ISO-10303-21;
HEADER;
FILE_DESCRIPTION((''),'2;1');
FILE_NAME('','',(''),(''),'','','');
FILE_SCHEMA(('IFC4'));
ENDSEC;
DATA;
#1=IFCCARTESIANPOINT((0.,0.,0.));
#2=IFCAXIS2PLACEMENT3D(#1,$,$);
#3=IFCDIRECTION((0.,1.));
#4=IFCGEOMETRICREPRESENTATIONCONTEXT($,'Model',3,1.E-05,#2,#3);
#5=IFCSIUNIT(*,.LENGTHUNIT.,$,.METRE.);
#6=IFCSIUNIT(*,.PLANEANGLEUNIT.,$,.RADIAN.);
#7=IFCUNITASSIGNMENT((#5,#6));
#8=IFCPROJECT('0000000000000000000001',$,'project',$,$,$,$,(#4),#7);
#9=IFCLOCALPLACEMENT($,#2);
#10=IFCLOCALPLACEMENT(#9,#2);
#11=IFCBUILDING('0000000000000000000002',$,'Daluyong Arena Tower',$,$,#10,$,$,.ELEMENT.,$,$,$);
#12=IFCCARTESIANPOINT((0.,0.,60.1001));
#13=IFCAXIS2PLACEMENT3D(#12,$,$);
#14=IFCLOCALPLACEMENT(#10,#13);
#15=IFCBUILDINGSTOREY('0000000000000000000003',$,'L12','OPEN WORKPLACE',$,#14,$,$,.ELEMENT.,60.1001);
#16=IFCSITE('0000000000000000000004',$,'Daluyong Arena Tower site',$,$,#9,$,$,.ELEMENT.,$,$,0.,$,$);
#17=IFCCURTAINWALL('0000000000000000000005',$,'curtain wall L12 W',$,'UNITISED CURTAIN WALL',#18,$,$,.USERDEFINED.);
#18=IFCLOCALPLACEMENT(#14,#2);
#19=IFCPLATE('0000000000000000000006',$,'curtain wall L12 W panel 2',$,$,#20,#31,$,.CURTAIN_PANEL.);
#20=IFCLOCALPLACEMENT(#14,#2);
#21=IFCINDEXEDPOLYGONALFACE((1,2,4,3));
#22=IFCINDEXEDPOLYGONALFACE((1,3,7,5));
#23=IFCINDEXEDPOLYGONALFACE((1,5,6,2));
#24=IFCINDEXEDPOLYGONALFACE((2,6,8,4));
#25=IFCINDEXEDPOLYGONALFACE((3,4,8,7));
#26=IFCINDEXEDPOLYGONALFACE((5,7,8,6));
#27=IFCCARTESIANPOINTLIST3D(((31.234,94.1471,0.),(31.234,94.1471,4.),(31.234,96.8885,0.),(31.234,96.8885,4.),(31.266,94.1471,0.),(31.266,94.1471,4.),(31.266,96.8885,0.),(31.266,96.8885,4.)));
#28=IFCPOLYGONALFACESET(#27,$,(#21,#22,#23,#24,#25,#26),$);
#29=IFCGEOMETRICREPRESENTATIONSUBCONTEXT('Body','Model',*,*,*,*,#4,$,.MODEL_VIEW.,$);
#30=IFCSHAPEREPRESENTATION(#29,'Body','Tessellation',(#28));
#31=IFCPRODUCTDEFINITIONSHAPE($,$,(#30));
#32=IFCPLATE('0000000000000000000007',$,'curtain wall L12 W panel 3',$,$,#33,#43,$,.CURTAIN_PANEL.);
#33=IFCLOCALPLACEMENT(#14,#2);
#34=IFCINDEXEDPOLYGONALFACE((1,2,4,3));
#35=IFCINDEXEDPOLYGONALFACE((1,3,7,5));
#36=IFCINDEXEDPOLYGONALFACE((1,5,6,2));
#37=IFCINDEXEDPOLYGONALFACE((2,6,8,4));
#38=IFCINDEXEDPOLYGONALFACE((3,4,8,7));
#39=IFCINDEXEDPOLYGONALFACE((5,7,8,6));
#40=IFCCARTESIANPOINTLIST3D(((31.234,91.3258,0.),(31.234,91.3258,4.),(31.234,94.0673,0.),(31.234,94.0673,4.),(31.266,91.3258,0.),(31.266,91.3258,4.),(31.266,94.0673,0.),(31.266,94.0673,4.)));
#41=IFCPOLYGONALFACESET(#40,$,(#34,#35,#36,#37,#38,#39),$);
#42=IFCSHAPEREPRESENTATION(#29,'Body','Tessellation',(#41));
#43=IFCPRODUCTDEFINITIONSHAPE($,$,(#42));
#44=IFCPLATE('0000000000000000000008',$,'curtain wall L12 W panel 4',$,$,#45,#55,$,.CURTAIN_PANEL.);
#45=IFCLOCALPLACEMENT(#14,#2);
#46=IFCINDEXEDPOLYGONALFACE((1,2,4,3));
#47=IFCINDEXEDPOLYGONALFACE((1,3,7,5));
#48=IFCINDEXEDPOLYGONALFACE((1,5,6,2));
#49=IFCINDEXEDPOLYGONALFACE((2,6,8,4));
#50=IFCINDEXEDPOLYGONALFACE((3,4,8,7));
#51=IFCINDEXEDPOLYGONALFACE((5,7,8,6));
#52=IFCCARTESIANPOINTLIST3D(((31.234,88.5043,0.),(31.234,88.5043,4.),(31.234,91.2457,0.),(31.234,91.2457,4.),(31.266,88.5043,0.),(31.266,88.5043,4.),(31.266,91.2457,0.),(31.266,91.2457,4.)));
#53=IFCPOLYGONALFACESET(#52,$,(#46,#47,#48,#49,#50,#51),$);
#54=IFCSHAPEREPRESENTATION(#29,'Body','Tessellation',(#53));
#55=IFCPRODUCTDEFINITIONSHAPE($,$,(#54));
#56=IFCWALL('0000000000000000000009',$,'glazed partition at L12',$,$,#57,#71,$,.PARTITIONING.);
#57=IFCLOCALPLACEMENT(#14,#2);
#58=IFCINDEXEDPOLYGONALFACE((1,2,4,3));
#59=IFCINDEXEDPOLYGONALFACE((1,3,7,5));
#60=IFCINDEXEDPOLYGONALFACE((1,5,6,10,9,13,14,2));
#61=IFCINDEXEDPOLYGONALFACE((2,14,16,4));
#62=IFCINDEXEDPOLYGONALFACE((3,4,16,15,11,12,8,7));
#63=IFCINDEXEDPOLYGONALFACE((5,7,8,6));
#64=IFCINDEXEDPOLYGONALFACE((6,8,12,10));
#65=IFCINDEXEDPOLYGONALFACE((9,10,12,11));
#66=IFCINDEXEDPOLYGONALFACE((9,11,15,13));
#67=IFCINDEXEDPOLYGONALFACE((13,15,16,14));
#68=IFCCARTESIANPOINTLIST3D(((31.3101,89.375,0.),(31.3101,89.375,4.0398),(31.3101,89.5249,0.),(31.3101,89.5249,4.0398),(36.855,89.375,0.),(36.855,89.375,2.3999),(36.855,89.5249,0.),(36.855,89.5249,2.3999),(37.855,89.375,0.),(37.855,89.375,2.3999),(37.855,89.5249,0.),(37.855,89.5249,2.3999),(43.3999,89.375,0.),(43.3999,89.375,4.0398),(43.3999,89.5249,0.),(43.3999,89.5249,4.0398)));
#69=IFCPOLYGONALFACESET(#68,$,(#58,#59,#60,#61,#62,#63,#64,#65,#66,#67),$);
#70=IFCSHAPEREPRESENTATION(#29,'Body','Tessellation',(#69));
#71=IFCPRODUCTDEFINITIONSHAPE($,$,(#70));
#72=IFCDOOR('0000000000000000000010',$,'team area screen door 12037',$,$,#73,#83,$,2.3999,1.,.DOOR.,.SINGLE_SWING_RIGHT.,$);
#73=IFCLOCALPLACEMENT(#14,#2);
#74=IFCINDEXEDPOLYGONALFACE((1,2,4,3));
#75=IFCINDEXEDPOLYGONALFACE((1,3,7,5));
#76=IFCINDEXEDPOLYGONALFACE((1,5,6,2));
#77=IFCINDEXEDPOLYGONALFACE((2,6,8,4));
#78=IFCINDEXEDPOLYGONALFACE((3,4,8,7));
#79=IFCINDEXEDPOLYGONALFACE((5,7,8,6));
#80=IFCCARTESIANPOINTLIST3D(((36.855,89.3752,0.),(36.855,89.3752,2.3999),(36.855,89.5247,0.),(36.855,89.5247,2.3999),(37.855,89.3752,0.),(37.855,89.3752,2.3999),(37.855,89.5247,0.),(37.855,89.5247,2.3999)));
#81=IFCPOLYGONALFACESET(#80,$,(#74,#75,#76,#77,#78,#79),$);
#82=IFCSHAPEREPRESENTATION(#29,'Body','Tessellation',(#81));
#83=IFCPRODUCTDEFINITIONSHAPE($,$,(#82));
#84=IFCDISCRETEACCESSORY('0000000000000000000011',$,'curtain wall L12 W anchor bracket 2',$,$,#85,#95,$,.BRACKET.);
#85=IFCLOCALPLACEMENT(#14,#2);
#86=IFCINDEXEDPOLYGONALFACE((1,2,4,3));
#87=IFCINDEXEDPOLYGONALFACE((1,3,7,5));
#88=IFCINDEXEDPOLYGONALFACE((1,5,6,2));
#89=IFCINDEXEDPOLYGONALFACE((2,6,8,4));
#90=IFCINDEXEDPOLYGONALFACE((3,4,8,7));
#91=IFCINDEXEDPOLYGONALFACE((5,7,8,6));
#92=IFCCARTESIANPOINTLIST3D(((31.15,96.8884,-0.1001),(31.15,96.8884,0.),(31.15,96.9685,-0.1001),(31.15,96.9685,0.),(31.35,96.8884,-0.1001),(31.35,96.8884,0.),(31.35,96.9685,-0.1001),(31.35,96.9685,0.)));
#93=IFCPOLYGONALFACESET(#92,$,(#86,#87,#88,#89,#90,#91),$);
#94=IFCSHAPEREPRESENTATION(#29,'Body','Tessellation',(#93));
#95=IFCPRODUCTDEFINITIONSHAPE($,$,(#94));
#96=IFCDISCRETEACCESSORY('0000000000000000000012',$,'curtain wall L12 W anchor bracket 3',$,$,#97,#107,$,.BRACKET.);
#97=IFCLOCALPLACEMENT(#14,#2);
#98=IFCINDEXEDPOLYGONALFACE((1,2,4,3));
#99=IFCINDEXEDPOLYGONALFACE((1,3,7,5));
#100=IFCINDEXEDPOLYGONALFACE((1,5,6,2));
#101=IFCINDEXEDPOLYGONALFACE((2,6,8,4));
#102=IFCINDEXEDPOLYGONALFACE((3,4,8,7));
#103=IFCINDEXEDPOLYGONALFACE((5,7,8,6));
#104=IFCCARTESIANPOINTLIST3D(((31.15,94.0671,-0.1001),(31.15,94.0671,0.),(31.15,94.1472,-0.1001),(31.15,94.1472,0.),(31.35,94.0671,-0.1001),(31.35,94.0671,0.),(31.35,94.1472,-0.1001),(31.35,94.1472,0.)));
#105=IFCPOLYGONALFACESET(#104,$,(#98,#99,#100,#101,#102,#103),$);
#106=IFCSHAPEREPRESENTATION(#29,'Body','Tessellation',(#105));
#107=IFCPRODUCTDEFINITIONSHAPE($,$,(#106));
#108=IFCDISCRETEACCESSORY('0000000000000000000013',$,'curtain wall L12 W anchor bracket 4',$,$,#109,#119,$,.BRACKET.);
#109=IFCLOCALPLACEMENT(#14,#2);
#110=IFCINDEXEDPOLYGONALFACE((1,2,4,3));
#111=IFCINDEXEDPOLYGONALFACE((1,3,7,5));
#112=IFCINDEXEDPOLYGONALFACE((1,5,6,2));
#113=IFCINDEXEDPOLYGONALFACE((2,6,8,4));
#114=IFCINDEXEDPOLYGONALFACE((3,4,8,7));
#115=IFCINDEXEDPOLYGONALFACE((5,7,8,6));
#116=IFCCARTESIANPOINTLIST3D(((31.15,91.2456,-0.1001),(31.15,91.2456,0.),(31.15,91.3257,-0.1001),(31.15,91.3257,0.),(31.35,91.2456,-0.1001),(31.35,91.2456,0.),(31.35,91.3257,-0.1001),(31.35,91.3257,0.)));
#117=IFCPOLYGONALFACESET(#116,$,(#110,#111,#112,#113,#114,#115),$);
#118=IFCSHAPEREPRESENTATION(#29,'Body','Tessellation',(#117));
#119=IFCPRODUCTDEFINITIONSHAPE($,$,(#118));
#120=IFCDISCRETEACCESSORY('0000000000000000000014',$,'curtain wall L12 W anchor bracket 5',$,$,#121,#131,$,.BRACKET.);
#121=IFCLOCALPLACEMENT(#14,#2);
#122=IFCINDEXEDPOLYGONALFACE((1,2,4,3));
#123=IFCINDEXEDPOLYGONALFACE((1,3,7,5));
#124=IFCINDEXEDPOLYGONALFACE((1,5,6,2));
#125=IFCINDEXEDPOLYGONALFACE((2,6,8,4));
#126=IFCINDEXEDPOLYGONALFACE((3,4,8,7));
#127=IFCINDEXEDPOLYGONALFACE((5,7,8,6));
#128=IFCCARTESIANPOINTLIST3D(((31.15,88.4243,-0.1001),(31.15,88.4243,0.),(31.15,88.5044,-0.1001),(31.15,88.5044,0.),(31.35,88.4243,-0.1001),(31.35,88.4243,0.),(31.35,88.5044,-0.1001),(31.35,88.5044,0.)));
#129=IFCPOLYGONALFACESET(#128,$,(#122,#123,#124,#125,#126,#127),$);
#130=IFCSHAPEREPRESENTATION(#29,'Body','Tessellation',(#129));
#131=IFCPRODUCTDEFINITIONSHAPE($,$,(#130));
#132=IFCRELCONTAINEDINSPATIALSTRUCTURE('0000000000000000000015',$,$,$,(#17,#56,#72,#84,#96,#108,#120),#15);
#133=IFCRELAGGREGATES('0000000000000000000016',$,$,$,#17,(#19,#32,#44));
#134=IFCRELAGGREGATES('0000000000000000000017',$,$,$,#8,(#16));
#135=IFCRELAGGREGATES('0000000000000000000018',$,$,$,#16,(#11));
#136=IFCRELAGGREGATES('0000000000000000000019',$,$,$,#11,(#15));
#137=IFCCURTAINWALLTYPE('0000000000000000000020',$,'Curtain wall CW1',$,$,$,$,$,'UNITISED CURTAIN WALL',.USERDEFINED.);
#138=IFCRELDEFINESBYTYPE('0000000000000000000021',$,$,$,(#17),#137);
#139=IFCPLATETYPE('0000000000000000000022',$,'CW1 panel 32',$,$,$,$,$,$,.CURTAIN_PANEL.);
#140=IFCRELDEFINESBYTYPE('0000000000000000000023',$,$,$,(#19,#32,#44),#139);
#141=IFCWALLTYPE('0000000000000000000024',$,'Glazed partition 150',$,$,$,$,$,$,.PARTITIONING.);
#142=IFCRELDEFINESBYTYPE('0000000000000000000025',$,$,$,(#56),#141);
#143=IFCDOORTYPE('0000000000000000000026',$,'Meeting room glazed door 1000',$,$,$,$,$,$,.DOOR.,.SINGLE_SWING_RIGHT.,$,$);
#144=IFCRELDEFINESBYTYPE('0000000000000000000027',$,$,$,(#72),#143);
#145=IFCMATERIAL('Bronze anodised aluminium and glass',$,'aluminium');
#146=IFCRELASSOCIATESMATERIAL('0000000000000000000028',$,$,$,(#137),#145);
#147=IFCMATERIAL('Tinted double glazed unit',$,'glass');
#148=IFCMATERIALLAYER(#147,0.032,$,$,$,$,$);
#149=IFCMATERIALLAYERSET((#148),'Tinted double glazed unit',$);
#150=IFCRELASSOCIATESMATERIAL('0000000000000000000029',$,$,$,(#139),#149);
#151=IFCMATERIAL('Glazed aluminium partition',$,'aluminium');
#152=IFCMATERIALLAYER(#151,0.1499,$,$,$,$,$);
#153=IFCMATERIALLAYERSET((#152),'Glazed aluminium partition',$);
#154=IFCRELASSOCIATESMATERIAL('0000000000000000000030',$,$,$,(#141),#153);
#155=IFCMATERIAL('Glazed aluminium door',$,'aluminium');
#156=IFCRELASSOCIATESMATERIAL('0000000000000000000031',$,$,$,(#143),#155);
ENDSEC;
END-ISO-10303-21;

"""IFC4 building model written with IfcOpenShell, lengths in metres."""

from ifc_helpers import new_model, si_unit, direction, frame, frame_2d, origin, origin_2d, place, context, subcontext, project, spatial, rectangle, extrude, material, layer, layer_set, type_object, element, fill, aggregate, save


model = new_model("IFC4")

# Units and contexts
model_context = context("Model", 3, precision=1e-05, world=origin(), true_north=direction((0.0, 1.0)))
body_context = subcontext(model_context, "Body", "Model", "MODEL_VIEW")
ifc_project = project(units=[si_unit("LENGTHUNIT", "METRE"), si_unit("PLANEANGLEUNIT", "RADIAN")], contexts=[model_context])

# Site, building, storey
site_placement = place(None, origin())
site = spatial("IfcSite", under=ifc_project, at=site_placement, Name="Daluyong Arena Tower site", CompositionType="ELEMENT", RefElevation=0.0)
building_placement = place(site_placement, origin())
building = spatial("IfcBuilding", under=site, at=building_placement, Name="Daluyong Arena Tower", CompositionType="ELEMENT")
storey_placement = place(building_placement, frame((0.0, 0.0, 60.1001)))
storey = spatial("IfcBuildingStorey", under=building, at=storey_placement, Name="L12", Description="OPEN WORKPLACE", CompositionType="ELEMENT", Elevation=60.1001)

# Curtain wall
ifc_material_1 = material(Name="Bronze anodised aluminium and glass", Category="aluminium")
curtain_wall_type = type_object("IfcCurtainWallType", Name="Curtain wall CW1", ElementType="UNITISED CURTAIN WALL", PredefinedType="USERDEFINED", material=ifc_material_1)
curtain_wall_placement = place(storey_placement, origin())
curtain_wall = element("IfcCurtainWall", 1, at=curtain_wall_placement, inside=storey, type_object=curtain_wall_type, Name="curtain wall L12 W", ObjectType="UNITISED CURTAIN WALL", PredefinedType="USERDEFINED")

# Plates
ifc_material_2 = material(Name="Tinted double glazed unit", Category="glass")
ifc_layer_1 = layer(ifc_material_2, 0.032)
ifc_layer_set_1 = layer_set([ifc_layer_1], Name="Tinted double glazed unit")
plate_type = type_object("IfcPlateType", Name="CW1 panel 32", PredefinedType="CURTAIN_PANEL", material=ifc_layer_set_1)
plate_1_placement = place(storey_placement, frame((31.25, 95.5178, 0.0), z_axis=(0.0, 0.0, 1.0), x_axis=(0.0, -1.0, 0.0)))
plate_1 = element("IfcPlate", 2, at=plate_1_placement, type_object=plate_type, Name="curtain wall L12 W panel 2", PredefinedType="CURTAIN_PANEL", context=body_context, shape_type="SweptSolid", body=[
    extrude(rectangle(XDim=2.7415, YDim=0.032, at=origin_2d()), origin(), (0.0, 0.0, 1.0), 4.0),
])
plate_2_placement = place(storey_placement, frame((31.25, 92.6965, 0.0), z_axis=(0.0, 0.0, 1.0), x_axis=(0.0, -1.0, 0.0)))
plate_2 = element("IfcPlate", 3, at=plate_2_placement, type_object=plate_type, Name="curtain wall L12 W panel 3", PredefinedType="CURTAIN_PANEL", context=body_context, shape_type="SweptSolid", body=[
    extrude(rectangle(XDim=2.7415, YDim=0.032, at=origin_2d()), origin(), (0.0, 0.0, 1.0), 4.0),
])
plate_3_placement = place(storey_placement, frame((31.25, 89.875, 0.0), z_axis=(0.0, 0.0, 1.0), x_axis=(0.0, -1.0, 0.0)))
plate_3 = element("IfcPlate", 4, at=plate_3_placement, type_object=plate_type, Name="curtain wall L12 W panel 4", PredefinedType="CURTAIN_PANEL", context=body_context, shape_type="SweptSolid", body=[
    extrude(rectangle(XDim=2.7415, YDim=0.032, at=origin_2d()), origin(), (0.0, 0.0, 1.0), 4.0),
])
aggregate(curtain_wall, [plate_1, plate_2, plate_3])

# Wall, opening, door
ifc_material_3 = material(Name="Glazed aluminium partition", Category="aluminium")
ifc_layer_2 = layer(ifc_material_3, 0.1499)
ifc_layer_set_2 = layer_set([ifc_layer_2], Name="Glazed aluminium partition")
wall_type = type_object("IfcWallType", Name="Glazed partition 150", PredefinedType="PARTITIONING", material=ifc_layer_set_2)
wall_placement = place(storey_placement, frame((31.3101, 89.45, 0.0), z_axis=(0.0, 0.0, 1.0), x_axis=(1.0, 0.0, 0.0)))
wall = element("IfcWall", 5, at=wall_placement, inside=storey, type_object=wall_type, Name="glazed partition at L12", PredefinedType="PARTITIONING", context=body_context, shape_type="SweptSolid", body=[
    extrude(rectangle(XDim=12.0898, YDim=0.1499, at=frame_2d((6.0449, 0.0))), origin(), (0.0, 0.0, 1.0), 4.0398),
])
opening_placement = place(wall_placement, frame((5.5449, 0.0, 0.0)))
opening = element("IfcOpeningElement", 6, at=opening_placement, cuts=wall, PredefinedType="OPENING", context=body_context, shape_type="SweptSolid", body=[
    extrude(rectangle(XDim=1.0, YDim=2.3999, at=frame_2d((0.5, 1.2))), frame((0.0, 0.085, 0.0), z_axis=(0.0, -1.0, 0.0), x_axis=(1.0, 0.0, 0.0)), (0.0, 0.0, 1.0), 0.1699),
])
ifc_material_4 = material(Name="Glazed aluminium door", Category="aluminium")
door_type = type_object("IfcDoorType", Name="Meeting room glazed door 1000", OperationType="SINGLE_SWING_RIGHT", PredefinedType="DOOR", material=ifc_material_4)
door_placement = place(opening_placement, origin())
door = element("IfcDoor", 7, at=door_placement, inside=storey, type_object=door_type, Name="team area screen door 12037", OperationType="SINGLE_SWING_RIGHT", OverallHeight=2.3999, OverallWidth=1.0, PredefinedType="DOOR", context=body_context, shape_type="SweptSolid", body=[
    extrude(rectangle(XDim=1.0, YDim=2.3999, at=frame_2d((0.5, 1.2))), frame((0.0, 0.0747, 0.0), z_axis=(0.0, -1.0, 0.0), x_axis=(1.0, 0.0, 0.0)), (0.0, 0.0, 1.0), 0.1494),
])
fill(opening, door)

# Discrete accessories
for number, where, z_axis, x_axis, name in (
    (8, (31.25, 96.9285, -0.1001), (0.0, 0.0, 1.0), (0.0, -1.0, 0.0), "curtain wall L12 W anchor bracket 2"),
    (9, (31.25, 94.1072, -0.1001), (0.0, 0.0, 1.0), (0.0, -1.0, 0.0), "curtain wall L12 W anchor bracket 3"),
    (10, (31.25, 91.2856, -0.1001), (0.0, 0.0, 1.0), (0.0, -1.0, 0.0), "curtain wall L12 W anchor bracket 4"),
    (11, (31.25, 88.4644, -0.1001), (0.0, 0.0, 1.0), (0.0, -1.0, 0.0), "curtain wall L12 W anchor bracket 5"),
):
    element("IfcDiscreteAccessory", number, at=place(storey_placement, frame(where, z_axis=z_axis, x_axis=x_axis)), inside=storey, Name=name, PredefinedType="BRACKET", context=body_context, shape_type="SweptSolid", body=[
        extrude(rectangle(XDim=0.0801, YDim=0.2, at=origin_2d()), origin(), (0.0, 0.0, 1.0), 0.1001),
    ])

save(model, "model.ifc")
